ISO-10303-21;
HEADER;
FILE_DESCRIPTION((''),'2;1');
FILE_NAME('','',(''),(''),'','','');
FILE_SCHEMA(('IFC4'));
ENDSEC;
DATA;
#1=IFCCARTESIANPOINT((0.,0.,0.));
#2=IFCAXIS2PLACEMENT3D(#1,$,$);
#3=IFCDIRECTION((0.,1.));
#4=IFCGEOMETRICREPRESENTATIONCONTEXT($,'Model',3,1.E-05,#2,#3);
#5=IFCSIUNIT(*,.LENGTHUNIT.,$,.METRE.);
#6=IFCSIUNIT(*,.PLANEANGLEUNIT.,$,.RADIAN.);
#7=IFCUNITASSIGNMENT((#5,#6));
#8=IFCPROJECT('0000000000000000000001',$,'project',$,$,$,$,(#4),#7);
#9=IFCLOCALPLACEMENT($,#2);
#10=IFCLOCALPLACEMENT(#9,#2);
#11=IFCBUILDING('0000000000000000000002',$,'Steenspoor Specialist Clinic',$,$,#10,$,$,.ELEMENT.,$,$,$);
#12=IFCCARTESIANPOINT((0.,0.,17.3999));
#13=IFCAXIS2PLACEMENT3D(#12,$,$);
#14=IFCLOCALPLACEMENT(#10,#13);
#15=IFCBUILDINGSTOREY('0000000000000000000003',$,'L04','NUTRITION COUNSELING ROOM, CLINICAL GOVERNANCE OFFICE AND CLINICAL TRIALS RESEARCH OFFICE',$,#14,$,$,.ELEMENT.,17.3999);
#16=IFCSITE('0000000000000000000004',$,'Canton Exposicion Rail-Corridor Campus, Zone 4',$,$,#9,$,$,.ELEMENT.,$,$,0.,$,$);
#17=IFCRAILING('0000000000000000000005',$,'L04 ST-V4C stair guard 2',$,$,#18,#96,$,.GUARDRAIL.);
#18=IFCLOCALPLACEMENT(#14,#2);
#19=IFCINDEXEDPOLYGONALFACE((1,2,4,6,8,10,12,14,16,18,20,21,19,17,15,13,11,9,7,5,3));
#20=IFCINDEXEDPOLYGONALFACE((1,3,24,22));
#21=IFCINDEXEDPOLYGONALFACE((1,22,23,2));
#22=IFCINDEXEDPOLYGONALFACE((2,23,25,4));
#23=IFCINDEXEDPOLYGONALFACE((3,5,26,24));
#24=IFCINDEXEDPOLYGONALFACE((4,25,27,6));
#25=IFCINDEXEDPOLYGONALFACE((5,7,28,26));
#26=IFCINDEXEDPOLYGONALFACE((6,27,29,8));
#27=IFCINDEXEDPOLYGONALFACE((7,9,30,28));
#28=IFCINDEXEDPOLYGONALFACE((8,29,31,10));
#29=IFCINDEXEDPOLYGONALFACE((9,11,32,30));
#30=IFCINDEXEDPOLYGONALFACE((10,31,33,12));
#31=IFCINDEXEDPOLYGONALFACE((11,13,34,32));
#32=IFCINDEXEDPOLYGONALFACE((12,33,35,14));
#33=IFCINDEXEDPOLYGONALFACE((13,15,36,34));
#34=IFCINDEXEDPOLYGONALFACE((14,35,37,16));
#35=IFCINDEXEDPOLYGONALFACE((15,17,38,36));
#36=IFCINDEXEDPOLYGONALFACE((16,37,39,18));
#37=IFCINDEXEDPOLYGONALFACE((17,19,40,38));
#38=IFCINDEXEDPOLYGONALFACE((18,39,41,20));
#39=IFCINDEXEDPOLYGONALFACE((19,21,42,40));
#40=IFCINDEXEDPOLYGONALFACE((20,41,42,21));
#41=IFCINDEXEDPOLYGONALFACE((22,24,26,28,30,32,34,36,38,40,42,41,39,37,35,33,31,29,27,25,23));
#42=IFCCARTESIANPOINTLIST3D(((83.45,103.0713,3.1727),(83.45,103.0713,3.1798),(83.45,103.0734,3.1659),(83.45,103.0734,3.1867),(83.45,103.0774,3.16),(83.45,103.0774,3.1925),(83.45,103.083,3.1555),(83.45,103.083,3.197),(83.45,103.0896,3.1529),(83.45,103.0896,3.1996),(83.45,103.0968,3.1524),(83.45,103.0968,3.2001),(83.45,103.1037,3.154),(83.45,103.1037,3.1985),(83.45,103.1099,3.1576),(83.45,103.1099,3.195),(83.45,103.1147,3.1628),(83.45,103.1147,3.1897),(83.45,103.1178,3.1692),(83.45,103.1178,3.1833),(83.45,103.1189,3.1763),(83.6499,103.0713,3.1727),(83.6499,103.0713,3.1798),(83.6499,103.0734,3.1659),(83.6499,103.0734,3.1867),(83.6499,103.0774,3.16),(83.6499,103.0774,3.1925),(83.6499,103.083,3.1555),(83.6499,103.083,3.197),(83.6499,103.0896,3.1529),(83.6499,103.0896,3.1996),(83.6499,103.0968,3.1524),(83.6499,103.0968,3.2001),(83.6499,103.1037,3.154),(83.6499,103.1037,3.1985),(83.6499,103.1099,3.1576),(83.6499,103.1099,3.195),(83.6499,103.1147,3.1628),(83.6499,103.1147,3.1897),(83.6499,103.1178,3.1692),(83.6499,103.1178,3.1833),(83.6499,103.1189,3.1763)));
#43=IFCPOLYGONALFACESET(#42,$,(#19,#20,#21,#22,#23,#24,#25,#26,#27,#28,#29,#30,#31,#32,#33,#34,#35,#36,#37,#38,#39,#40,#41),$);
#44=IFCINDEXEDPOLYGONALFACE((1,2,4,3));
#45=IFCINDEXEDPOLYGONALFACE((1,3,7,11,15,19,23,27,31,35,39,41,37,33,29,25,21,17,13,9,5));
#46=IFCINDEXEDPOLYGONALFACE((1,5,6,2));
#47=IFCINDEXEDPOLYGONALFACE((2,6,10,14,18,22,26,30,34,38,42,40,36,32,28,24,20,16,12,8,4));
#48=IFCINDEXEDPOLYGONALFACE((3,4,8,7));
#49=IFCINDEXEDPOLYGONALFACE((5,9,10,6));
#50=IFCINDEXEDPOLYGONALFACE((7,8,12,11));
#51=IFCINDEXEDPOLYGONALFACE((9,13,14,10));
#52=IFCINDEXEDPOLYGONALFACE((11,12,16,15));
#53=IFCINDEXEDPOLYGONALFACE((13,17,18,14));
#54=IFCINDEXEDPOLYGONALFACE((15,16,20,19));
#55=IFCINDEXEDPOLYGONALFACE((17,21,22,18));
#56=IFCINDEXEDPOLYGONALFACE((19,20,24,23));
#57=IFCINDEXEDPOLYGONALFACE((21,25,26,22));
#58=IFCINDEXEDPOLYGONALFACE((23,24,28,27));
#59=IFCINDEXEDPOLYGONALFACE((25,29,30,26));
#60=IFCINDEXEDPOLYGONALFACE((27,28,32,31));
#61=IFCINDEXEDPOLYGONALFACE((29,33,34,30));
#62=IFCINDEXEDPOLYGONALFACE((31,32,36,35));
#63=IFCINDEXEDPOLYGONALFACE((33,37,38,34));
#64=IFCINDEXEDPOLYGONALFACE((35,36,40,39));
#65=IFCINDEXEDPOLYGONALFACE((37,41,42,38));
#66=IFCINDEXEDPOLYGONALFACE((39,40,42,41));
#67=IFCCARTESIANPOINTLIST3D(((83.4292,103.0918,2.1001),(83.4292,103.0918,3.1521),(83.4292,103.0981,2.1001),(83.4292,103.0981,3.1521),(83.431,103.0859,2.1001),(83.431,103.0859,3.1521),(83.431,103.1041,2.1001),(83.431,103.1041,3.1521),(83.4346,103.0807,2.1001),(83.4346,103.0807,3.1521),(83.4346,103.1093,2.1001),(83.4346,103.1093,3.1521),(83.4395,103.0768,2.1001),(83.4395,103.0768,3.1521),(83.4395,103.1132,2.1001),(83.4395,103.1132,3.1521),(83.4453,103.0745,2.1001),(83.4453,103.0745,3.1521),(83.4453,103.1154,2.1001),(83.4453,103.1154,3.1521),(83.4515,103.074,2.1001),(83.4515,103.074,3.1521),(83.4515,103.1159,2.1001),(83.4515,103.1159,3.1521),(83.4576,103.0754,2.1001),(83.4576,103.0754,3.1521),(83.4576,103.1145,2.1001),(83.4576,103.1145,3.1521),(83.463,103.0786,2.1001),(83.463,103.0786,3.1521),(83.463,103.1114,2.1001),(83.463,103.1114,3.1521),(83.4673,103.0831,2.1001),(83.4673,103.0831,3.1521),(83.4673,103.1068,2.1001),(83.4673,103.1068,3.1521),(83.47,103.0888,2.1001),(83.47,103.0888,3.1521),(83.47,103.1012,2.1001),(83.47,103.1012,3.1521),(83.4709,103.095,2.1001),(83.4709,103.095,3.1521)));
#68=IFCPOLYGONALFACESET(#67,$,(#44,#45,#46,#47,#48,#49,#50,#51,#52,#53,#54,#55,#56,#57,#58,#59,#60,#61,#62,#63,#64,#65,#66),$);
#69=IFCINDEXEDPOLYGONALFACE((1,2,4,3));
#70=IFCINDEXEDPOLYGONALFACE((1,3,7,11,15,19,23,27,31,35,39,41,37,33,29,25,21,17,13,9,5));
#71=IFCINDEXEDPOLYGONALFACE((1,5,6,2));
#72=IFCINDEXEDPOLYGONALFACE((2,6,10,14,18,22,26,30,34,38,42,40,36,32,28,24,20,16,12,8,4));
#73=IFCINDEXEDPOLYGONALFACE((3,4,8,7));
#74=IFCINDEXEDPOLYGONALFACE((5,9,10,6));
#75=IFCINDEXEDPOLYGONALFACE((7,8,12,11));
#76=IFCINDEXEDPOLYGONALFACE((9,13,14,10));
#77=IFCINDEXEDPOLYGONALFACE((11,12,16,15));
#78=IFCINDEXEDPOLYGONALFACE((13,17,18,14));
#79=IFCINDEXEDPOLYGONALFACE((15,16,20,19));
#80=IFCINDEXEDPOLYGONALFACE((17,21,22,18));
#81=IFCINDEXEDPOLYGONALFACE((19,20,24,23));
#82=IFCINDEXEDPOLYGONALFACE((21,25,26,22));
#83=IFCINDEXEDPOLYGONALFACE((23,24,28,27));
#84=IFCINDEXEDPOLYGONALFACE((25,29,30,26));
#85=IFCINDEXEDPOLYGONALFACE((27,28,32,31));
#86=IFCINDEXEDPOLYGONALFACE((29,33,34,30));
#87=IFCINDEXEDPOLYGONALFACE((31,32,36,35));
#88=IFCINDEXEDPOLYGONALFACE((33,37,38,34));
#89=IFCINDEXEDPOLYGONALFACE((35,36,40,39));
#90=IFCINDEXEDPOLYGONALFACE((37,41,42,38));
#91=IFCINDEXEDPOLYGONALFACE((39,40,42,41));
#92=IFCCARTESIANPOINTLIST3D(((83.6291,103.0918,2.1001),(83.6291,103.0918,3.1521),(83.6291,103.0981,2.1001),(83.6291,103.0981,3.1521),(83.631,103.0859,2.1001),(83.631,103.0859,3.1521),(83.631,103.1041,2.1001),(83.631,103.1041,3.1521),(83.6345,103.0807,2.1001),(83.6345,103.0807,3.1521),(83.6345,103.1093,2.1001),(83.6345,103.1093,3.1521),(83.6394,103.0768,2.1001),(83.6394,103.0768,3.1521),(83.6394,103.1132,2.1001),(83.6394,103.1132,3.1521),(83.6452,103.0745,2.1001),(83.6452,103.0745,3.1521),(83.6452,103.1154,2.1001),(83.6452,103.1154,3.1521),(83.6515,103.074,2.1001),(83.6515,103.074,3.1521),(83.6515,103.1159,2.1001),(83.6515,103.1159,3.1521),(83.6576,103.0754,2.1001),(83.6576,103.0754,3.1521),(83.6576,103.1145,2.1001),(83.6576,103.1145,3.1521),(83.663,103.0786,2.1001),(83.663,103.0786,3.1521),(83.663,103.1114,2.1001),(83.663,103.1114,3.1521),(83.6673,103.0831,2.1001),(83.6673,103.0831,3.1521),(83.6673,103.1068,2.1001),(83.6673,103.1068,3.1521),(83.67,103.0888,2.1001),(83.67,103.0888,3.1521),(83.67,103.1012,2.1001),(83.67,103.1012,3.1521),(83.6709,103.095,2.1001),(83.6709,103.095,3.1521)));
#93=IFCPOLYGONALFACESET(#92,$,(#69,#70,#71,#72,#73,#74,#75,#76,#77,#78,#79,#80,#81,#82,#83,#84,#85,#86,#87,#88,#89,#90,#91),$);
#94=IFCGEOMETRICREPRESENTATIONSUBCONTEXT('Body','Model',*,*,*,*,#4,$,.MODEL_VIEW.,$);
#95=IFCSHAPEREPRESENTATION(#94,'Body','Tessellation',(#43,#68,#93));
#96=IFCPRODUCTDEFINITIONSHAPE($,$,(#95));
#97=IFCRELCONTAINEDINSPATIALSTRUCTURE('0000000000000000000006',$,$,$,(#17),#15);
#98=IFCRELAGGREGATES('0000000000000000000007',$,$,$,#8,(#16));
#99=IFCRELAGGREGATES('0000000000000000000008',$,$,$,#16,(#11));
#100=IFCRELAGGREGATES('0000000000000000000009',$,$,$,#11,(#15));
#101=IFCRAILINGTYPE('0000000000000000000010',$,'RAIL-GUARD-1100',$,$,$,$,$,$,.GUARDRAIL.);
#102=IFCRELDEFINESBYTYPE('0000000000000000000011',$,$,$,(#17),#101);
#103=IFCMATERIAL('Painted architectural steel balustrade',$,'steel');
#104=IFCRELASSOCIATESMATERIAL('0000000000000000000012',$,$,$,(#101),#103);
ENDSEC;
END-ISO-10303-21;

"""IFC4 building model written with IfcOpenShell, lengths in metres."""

from ifc_helpers import new_model, si_unit, direction, frame, origin, origin_2d, place, context, subcontext, project, spatial, circle, extrude, material, type_object, element, save


model = new_model("IFC4")

# Units and contexts
model_context = context("Model", 3, precision=1e-05, world=origin(), true_north=direction((0.0, 1.0)))
body_context = subcontext(model_context, "Body", "Model", "MODEL_VIEW")
ifc_project = project(units=[si_unit("LENGTHUNIT", "METRE"), si_unit("PLANEANGLEUNIT", "RADIAN")], contexts=[model_context])

# Site, building, storey
site_placement = place(None, origin())
site = spatial("IfcSite", under=ifc_project, at=site_placement, Name="Canton Exposicion Rail-Corridor Campus, Zone 4", CompositionType="ELEMENT", RefElevation=0.0)
building_placement = place(site_placement, origin())
building = spatial("IfcBuilding", under=site, at=building_placement, Name="Steenspoor Specialist Clinic", CompositionType="ELEMENT")
storey_placement = place(building_placement, frame((0.0, 0.0, 17.3999)))
storey = spatial("IfcBuildingStorey", under=building, at=storey_placement, Name="L04", Description="NUTRITION COUNSELING ROOM, CLINICAL GOVERNANCE OFFICE AND CLINICAL TRIALS RESEARCH OFFICE", CompositionType="ELEMENT", Elevation=17.3999)

# Railing
ifc_material_1 = material(Name="Painted architectural steel balustrade", Category="steel")
railing_type_1 = type_object("IfcRailingType", Name="RAIL-GUARD-1100", PredefinedType="GUARDRAIL", material=ifc_material_1)
railing_1_placement = place(storey_placement, frame((83.45, 103.095, 2.1001)))
element("IfcRailing", 1, at=railing_1_placement, inside=storey, type_object=railing_type_1, Name="L04 ST-V4C stair guard 2", PredefinedType="GUARDRAIL", context=body_context, shape_type="SweptSolid", body=[
    extrude(circle(Radius=0.0239, at=origin_2d()), frame((0.0, 0.0, 1.0762), z_axis=(1.0, 0.0, 0.0), x_axis=(0.0, 1.0, 0.0)), (0.0, 0.0, 1.0), 0.2),
    extrude(circle(Radius=0.021, at=origin_2d()), origin(), (0.0, 0.0, 1.0), 1.052),
    extrude(circle(Radius=0.021, at=origin_2d()), frame((0.2, 0.0, 0.0)), (0.0, 0.0, 1.0), 1.052),
])

save(model, "model.ifc")
